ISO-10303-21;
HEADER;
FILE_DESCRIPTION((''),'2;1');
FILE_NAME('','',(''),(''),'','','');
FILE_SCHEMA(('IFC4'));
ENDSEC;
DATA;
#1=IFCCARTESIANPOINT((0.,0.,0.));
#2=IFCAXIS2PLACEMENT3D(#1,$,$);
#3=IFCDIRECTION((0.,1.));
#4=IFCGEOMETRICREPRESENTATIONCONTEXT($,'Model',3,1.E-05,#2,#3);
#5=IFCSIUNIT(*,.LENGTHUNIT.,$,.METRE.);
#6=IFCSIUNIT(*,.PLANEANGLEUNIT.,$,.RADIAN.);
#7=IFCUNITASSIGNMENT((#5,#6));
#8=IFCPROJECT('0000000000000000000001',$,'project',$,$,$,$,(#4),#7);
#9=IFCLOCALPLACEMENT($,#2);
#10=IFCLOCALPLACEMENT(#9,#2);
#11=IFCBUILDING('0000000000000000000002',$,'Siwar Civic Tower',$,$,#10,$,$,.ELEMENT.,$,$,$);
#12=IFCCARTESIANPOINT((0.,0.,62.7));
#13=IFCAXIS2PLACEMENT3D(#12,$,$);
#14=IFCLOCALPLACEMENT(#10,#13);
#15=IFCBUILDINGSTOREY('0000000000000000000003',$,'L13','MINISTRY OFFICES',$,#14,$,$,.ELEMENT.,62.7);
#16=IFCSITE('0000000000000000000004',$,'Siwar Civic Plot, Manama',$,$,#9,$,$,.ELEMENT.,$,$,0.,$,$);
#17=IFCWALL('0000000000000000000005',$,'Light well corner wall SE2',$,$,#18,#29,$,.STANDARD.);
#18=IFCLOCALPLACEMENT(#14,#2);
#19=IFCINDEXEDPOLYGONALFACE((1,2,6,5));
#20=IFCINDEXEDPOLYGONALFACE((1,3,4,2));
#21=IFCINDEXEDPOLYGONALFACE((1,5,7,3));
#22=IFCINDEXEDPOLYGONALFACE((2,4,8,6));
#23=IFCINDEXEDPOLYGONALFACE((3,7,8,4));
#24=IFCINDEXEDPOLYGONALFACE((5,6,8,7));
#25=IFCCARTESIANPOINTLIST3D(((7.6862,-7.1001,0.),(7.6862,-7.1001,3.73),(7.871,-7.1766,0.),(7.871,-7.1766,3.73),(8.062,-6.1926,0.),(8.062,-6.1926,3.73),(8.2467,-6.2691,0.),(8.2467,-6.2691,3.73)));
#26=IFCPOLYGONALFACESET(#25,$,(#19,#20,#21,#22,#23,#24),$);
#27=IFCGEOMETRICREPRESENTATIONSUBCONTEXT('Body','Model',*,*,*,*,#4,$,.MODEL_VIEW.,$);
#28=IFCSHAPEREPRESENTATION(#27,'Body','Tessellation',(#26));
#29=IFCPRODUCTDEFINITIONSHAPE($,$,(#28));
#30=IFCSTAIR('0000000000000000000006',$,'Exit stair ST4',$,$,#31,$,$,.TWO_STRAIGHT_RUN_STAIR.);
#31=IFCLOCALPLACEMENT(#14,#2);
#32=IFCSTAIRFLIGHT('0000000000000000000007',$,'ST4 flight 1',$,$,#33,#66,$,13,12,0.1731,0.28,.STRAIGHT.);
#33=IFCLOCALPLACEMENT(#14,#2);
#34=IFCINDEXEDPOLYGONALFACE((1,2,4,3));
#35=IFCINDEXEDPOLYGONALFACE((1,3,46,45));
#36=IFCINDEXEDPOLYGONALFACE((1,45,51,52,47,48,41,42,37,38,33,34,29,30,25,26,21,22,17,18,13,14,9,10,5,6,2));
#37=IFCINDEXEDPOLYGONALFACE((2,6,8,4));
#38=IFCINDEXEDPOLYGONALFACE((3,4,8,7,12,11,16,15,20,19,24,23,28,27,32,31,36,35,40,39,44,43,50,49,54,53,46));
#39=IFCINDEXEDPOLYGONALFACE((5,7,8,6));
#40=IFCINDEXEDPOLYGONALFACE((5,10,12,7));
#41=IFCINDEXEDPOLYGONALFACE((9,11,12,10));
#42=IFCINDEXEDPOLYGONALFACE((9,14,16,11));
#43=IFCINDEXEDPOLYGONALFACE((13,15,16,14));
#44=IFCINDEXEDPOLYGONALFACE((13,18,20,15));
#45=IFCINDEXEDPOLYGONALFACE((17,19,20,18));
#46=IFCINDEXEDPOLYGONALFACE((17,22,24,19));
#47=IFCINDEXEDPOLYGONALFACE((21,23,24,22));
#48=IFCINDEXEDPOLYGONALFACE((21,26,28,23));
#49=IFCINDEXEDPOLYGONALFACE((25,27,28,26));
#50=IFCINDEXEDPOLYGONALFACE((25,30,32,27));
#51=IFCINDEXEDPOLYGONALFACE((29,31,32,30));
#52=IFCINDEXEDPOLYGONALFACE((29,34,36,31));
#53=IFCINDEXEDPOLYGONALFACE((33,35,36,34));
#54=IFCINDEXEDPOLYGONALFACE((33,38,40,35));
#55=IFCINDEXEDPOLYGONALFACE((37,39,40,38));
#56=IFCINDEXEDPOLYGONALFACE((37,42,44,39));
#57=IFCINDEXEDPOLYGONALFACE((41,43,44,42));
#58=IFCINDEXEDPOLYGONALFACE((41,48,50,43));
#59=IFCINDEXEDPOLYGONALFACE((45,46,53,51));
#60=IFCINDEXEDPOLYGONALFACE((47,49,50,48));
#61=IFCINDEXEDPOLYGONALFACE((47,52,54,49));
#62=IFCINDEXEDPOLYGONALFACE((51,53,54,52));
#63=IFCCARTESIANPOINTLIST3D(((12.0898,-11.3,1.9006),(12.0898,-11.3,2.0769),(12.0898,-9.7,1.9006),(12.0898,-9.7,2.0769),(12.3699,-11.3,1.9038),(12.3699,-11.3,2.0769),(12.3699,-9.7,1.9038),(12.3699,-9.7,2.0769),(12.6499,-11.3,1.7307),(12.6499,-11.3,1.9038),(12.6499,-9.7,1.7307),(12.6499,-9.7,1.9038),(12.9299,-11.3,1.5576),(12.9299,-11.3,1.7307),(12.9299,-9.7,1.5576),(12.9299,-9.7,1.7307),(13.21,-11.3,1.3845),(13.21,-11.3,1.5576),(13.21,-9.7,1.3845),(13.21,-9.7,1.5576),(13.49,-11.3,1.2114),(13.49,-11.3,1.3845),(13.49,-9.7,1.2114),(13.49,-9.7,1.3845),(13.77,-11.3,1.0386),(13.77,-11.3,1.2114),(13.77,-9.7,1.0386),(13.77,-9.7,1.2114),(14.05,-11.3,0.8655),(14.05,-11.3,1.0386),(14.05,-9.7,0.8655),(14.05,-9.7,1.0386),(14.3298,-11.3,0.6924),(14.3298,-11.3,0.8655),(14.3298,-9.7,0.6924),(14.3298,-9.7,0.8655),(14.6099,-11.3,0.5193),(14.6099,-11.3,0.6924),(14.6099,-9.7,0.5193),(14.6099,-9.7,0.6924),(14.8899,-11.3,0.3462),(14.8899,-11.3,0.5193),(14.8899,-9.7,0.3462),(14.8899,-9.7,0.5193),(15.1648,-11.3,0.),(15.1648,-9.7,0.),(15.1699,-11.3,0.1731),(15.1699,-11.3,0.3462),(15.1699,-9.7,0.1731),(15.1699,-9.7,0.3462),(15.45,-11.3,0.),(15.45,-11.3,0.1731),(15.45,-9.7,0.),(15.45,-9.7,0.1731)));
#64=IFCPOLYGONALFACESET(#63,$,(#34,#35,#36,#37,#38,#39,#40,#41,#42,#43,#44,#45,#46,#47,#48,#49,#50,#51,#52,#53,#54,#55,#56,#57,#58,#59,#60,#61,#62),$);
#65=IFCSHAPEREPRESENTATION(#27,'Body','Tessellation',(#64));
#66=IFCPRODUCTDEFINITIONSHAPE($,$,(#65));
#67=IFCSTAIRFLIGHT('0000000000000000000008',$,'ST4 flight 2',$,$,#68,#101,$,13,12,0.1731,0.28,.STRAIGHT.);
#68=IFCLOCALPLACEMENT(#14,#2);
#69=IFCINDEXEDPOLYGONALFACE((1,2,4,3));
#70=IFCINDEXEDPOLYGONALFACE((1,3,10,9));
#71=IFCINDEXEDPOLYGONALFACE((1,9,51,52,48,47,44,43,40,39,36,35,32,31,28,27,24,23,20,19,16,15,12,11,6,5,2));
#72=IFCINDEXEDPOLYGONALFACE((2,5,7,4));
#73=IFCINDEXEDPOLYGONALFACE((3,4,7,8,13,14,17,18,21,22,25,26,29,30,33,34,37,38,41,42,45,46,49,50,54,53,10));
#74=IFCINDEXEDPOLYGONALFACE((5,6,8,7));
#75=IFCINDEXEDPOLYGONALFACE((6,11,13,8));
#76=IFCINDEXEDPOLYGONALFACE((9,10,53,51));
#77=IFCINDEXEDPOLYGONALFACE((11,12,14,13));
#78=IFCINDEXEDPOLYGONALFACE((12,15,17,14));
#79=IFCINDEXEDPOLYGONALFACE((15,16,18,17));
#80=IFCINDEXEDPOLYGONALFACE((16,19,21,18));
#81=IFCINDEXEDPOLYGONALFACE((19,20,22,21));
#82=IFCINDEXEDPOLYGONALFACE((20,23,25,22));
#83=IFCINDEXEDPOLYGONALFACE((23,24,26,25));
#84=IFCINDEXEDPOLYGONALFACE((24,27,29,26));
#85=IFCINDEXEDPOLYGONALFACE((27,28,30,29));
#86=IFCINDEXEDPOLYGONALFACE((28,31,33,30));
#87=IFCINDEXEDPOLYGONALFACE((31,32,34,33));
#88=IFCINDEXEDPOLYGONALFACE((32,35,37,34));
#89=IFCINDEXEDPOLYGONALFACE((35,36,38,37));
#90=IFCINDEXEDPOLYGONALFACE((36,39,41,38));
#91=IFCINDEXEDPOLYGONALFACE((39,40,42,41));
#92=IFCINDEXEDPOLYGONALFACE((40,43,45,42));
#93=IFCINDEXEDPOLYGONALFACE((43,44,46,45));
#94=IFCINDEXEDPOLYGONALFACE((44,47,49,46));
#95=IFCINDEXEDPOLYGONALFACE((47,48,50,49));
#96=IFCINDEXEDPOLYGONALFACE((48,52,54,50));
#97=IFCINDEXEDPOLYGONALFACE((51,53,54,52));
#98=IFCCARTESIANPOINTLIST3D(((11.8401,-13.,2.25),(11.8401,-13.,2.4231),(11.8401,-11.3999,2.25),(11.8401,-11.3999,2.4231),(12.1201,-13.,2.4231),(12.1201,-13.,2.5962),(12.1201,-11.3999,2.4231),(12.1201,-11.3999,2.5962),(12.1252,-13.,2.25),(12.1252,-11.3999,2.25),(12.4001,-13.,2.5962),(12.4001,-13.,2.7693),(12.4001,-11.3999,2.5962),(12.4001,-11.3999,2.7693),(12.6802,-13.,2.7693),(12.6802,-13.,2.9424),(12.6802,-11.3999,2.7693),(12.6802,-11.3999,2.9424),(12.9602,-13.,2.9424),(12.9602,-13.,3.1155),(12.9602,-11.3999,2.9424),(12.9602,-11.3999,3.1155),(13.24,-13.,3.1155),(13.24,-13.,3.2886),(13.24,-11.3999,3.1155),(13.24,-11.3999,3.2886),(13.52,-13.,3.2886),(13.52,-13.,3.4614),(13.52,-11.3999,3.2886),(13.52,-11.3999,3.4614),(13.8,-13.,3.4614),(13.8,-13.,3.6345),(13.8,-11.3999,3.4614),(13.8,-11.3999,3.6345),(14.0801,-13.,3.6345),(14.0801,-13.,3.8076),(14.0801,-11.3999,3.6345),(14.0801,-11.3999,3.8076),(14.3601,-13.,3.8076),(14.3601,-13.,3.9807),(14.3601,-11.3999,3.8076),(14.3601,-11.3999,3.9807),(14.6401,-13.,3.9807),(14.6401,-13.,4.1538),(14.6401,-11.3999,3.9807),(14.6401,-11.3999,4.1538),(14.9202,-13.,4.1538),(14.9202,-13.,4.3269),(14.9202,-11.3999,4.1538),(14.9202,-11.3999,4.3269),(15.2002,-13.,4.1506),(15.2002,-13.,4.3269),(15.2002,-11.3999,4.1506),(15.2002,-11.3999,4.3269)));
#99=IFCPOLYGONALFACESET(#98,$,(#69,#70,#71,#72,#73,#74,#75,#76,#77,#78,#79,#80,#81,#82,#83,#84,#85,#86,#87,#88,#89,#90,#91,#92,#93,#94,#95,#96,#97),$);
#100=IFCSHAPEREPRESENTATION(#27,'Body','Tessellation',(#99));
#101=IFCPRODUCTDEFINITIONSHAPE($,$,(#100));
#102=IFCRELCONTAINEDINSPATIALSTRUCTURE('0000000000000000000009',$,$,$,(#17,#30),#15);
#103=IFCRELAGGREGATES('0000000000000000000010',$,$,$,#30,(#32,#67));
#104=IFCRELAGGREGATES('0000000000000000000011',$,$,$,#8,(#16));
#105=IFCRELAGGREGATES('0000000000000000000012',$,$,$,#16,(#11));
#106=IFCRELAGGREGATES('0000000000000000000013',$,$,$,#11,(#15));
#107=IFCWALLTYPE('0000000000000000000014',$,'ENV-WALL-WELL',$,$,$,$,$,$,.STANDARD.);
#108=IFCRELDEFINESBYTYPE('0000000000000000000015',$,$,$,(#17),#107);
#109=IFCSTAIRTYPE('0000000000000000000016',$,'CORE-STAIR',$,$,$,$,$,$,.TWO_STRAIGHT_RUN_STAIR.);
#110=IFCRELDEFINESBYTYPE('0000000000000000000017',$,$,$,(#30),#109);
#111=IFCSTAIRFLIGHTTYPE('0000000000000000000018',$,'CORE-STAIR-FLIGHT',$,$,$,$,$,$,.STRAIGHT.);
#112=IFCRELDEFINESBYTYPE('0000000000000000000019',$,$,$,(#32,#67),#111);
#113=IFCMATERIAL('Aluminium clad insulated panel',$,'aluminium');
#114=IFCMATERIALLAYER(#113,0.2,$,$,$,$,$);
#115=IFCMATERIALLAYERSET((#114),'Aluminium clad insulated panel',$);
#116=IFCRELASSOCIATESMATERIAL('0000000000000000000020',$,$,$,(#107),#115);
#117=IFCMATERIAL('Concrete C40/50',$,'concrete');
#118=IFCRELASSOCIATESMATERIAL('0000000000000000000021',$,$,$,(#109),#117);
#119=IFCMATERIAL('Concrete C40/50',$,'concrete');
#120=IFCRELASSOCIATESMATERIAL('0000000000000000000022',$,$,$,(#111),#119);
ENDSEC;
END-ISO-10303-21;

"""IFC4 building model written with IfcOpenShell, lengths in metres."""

from ifc_helpers import new_model, si_unit, direction, frame, frame_2d, origin, place, context, subcontext, project, spatial, polyline, rectangle, outline, extrude, material, layer, layer_set, type_object, element, aggregate, save


model = new_model("IFC4")

# Units and contexts
model_context = context("Model", 3, precision=1e-05, world=origin(), true_north=direction((0.0, 1.0)))
body_context = subcontext(model_context, "Body", "Model", "MODEL_VIEW")
ifc_project = project(units=[si_unit("LENGTHUNIT", "METRE"), si_unit("PLANEANGLEUNIT", "RADIAN")], contexts=[model_context])

# Site, building, storey
site_placement = place(None, origin())
site = spatial("IfcSite", under=ifc_project, at=site_placement, Name="Siwar Civic Plot, Manama", CompositionType="ELEMENT", RefElevation=0.0)
building_placement = place(site_placement, origin())
building = spatial("IfcBuilding", under=site, at=building_placement, Name="Siwar Civic Tower", CompositionType="ELEMENT")
storey_placement = place(building_placement, frame((0.0, 0.0, 62.7)))
storey = spatial("IfcBuildingStorey", under=building, at=storey_placement, Name="L13", Description="MINISTRY OFFICES", CompositionType="ELEMENT", Elevation=62.7)

# Wall
ifc_material_1 = material(Name="Aluminium clad insulated panel", Category="aluminium")
ifc_layer_1 = layer(ifc_material_1, 0.2)
ifc_layer_set_1 = layer_set([ifc_layer_1], Name="Aluminium clad insulated panel")
wall_type_1 = type_object("IfcWallType", Name="ENV-WALL-WELL", PredefinedType="STANDARD", material=ifc_layer_set_1)
wall_1_placement = place(storey_placement, frame((7.7786, -7.1384, 0.0), z_axis=(0.0, 0.0, 1.0), x_axis=(0.382549, 0.923935, 0.0)))
element("IfcWall", 1, at=wall_1_placement, inside=storey, type_object=wall_type_1, Name="Light well corner wall SE2", PredefinedType="STANDARD", context=body_context, shape_type="SweptSolid", body=[
    extrude(rectangle(XDim=0.9822, YDim=0.2, at=frame_2d((0.4912, 0.0))), origin(), (0.0, 0.0, 1.0), 3.73),
])

# Stair, stair flights
ifc_material_2 = material(Name="Concrete C40/50", Category="concrete")
stair_type = type_object("IfcStairType", Name="CORE-STAIR", PredefinedType="TWO_STRAIGHT_RUN_STAIR", material=ifc_material_2)
stair_placement = place(storey_placement, origin())
stair = element("IfcStair", 2, at=stair_placement, inside=storey, type_object=stair_type, Name="Exit stair ST4", PredefinedType="TWO_STRAIGHT_RUN_STAIR")
ifc_material_3 = material(Name="Concrete C40/50", Category="concrete")
stair_flight_type = type_object("IfcStairFlightType", Name="CORE-STAIR-FLIGHT", PredefinedType="STRAIGHT", material=ifc_material_3)
stair_flight_1_placement = place(storey_placement, frame((15.45, -10.5, 0.0), z_axis=(0.0, 0.0, 1.0), x_axis=(-1.0, 0.0, 0.0)))
stair_flight_1 = element("IfcStairFlight", 3, at=stair_flight_1_placement, type_object=stair_flight_type, Name="ST4 flight 1", NumberOfRisers=13, NumberOfTreads=12, PredefinedType="STRAIGHT", RiserHeight=0.1731, TreadLength=0.28, context=body_context, shape_type="SweptSolid", body=[
    extrude(outline(polyline([(0.0, 0.0), (0.0, 0.1731), (0.28, 0.1731), (0.28, 0.3462), (0.5601, 0.3462), (0.5601, 0.5193), (0.8401, 0.5193), (0.8401, 0.6924), (1.1201, 0.6924), (1.1201, 0.8655), (1.3999, 0.8655), (1.3999, 1.0386), (1.6799, 1.0386), (1.6799, 1.2114), (1.96, 1.2114), (1.96, 1.3845), (2.24, 1.3845), (2.24, 1.5576), (2.52, 1.5576), (2.52, 1.7307), (2.8, 1.7307), (2.8, 1.9038), (3.0801, 1.9038), (3.0801, 2.0769), (3.3601, 2.0769), (3.3601, 2.25), (3.3601, 1.9006), (0.2852, 0.0), (0.0, 0.0)])), frame((0.0, 0.8, 0.0), z_axis=(0.0, -1.0, 0.0), x_axis=(1.0, 0.0, 0.0)), (0.0, 0.0, 1.0), 1.6001),
])
stair_flight_2_placement = place(storey_placement, frame((11.8401, -12.2, 2.25), z_axis=(0.0, 0.0, 1.0), x_axis=(1.0, 0.0, 0.0)))
stair_flight_2 = element("IfcStairFlight", 4, at=stair_flight_2_placement, type_object=stair_flight_type, Name="ST4 flight 2", NumberOfRisers=13, NumberOfTreads=12, PredefinedType="STRAIGHT", RiserHeight=0.1731, TreadLength=0.28, context=body_context, shape_type="SweptSolid", body=[
    extrude(outline(polyline([(0.0, 0.0), (0.0, 0.1731), (0.28, 0.1731), (0.28, 0.3462), (0.5601, 0.3462), (0.5601, 0.5193), (0.8401, 0.5193), (0.8401, 0.6924), (1.1201, 0.6924), (1.1201, 0.8655), (1.3999, 0.8655), (1.3999, 1.0386), (1.6799, 1.0386), (1.6799, 1.2114), (1.96, 1.2114), (1.96, 1.3845), (2.24, 1.3845), (2.24, 1.5576), (2.52, 1.5576), (2.52, 1.7307), (2.8, 1.7307), (2.8, 1.9038), (3.0801, 1.9038), (3.0801, 2.0769), (3.3601, 2.0769), (3.3601, 2.25), (3.3601, 1.9006), (0.2852, 0.0), (0.0, 0.0)])), frame((0.0, 0.8, 0.0), z_axis=(0.0, -1.0, 0.0), x_axis=(1.0, 0.0, 0.0)), (0.0, 0.0, 1.0), 1.6001),
])
aggregate(stair, [stair_flight_1, stair_flight_2])

save(model, "model.ifc")
